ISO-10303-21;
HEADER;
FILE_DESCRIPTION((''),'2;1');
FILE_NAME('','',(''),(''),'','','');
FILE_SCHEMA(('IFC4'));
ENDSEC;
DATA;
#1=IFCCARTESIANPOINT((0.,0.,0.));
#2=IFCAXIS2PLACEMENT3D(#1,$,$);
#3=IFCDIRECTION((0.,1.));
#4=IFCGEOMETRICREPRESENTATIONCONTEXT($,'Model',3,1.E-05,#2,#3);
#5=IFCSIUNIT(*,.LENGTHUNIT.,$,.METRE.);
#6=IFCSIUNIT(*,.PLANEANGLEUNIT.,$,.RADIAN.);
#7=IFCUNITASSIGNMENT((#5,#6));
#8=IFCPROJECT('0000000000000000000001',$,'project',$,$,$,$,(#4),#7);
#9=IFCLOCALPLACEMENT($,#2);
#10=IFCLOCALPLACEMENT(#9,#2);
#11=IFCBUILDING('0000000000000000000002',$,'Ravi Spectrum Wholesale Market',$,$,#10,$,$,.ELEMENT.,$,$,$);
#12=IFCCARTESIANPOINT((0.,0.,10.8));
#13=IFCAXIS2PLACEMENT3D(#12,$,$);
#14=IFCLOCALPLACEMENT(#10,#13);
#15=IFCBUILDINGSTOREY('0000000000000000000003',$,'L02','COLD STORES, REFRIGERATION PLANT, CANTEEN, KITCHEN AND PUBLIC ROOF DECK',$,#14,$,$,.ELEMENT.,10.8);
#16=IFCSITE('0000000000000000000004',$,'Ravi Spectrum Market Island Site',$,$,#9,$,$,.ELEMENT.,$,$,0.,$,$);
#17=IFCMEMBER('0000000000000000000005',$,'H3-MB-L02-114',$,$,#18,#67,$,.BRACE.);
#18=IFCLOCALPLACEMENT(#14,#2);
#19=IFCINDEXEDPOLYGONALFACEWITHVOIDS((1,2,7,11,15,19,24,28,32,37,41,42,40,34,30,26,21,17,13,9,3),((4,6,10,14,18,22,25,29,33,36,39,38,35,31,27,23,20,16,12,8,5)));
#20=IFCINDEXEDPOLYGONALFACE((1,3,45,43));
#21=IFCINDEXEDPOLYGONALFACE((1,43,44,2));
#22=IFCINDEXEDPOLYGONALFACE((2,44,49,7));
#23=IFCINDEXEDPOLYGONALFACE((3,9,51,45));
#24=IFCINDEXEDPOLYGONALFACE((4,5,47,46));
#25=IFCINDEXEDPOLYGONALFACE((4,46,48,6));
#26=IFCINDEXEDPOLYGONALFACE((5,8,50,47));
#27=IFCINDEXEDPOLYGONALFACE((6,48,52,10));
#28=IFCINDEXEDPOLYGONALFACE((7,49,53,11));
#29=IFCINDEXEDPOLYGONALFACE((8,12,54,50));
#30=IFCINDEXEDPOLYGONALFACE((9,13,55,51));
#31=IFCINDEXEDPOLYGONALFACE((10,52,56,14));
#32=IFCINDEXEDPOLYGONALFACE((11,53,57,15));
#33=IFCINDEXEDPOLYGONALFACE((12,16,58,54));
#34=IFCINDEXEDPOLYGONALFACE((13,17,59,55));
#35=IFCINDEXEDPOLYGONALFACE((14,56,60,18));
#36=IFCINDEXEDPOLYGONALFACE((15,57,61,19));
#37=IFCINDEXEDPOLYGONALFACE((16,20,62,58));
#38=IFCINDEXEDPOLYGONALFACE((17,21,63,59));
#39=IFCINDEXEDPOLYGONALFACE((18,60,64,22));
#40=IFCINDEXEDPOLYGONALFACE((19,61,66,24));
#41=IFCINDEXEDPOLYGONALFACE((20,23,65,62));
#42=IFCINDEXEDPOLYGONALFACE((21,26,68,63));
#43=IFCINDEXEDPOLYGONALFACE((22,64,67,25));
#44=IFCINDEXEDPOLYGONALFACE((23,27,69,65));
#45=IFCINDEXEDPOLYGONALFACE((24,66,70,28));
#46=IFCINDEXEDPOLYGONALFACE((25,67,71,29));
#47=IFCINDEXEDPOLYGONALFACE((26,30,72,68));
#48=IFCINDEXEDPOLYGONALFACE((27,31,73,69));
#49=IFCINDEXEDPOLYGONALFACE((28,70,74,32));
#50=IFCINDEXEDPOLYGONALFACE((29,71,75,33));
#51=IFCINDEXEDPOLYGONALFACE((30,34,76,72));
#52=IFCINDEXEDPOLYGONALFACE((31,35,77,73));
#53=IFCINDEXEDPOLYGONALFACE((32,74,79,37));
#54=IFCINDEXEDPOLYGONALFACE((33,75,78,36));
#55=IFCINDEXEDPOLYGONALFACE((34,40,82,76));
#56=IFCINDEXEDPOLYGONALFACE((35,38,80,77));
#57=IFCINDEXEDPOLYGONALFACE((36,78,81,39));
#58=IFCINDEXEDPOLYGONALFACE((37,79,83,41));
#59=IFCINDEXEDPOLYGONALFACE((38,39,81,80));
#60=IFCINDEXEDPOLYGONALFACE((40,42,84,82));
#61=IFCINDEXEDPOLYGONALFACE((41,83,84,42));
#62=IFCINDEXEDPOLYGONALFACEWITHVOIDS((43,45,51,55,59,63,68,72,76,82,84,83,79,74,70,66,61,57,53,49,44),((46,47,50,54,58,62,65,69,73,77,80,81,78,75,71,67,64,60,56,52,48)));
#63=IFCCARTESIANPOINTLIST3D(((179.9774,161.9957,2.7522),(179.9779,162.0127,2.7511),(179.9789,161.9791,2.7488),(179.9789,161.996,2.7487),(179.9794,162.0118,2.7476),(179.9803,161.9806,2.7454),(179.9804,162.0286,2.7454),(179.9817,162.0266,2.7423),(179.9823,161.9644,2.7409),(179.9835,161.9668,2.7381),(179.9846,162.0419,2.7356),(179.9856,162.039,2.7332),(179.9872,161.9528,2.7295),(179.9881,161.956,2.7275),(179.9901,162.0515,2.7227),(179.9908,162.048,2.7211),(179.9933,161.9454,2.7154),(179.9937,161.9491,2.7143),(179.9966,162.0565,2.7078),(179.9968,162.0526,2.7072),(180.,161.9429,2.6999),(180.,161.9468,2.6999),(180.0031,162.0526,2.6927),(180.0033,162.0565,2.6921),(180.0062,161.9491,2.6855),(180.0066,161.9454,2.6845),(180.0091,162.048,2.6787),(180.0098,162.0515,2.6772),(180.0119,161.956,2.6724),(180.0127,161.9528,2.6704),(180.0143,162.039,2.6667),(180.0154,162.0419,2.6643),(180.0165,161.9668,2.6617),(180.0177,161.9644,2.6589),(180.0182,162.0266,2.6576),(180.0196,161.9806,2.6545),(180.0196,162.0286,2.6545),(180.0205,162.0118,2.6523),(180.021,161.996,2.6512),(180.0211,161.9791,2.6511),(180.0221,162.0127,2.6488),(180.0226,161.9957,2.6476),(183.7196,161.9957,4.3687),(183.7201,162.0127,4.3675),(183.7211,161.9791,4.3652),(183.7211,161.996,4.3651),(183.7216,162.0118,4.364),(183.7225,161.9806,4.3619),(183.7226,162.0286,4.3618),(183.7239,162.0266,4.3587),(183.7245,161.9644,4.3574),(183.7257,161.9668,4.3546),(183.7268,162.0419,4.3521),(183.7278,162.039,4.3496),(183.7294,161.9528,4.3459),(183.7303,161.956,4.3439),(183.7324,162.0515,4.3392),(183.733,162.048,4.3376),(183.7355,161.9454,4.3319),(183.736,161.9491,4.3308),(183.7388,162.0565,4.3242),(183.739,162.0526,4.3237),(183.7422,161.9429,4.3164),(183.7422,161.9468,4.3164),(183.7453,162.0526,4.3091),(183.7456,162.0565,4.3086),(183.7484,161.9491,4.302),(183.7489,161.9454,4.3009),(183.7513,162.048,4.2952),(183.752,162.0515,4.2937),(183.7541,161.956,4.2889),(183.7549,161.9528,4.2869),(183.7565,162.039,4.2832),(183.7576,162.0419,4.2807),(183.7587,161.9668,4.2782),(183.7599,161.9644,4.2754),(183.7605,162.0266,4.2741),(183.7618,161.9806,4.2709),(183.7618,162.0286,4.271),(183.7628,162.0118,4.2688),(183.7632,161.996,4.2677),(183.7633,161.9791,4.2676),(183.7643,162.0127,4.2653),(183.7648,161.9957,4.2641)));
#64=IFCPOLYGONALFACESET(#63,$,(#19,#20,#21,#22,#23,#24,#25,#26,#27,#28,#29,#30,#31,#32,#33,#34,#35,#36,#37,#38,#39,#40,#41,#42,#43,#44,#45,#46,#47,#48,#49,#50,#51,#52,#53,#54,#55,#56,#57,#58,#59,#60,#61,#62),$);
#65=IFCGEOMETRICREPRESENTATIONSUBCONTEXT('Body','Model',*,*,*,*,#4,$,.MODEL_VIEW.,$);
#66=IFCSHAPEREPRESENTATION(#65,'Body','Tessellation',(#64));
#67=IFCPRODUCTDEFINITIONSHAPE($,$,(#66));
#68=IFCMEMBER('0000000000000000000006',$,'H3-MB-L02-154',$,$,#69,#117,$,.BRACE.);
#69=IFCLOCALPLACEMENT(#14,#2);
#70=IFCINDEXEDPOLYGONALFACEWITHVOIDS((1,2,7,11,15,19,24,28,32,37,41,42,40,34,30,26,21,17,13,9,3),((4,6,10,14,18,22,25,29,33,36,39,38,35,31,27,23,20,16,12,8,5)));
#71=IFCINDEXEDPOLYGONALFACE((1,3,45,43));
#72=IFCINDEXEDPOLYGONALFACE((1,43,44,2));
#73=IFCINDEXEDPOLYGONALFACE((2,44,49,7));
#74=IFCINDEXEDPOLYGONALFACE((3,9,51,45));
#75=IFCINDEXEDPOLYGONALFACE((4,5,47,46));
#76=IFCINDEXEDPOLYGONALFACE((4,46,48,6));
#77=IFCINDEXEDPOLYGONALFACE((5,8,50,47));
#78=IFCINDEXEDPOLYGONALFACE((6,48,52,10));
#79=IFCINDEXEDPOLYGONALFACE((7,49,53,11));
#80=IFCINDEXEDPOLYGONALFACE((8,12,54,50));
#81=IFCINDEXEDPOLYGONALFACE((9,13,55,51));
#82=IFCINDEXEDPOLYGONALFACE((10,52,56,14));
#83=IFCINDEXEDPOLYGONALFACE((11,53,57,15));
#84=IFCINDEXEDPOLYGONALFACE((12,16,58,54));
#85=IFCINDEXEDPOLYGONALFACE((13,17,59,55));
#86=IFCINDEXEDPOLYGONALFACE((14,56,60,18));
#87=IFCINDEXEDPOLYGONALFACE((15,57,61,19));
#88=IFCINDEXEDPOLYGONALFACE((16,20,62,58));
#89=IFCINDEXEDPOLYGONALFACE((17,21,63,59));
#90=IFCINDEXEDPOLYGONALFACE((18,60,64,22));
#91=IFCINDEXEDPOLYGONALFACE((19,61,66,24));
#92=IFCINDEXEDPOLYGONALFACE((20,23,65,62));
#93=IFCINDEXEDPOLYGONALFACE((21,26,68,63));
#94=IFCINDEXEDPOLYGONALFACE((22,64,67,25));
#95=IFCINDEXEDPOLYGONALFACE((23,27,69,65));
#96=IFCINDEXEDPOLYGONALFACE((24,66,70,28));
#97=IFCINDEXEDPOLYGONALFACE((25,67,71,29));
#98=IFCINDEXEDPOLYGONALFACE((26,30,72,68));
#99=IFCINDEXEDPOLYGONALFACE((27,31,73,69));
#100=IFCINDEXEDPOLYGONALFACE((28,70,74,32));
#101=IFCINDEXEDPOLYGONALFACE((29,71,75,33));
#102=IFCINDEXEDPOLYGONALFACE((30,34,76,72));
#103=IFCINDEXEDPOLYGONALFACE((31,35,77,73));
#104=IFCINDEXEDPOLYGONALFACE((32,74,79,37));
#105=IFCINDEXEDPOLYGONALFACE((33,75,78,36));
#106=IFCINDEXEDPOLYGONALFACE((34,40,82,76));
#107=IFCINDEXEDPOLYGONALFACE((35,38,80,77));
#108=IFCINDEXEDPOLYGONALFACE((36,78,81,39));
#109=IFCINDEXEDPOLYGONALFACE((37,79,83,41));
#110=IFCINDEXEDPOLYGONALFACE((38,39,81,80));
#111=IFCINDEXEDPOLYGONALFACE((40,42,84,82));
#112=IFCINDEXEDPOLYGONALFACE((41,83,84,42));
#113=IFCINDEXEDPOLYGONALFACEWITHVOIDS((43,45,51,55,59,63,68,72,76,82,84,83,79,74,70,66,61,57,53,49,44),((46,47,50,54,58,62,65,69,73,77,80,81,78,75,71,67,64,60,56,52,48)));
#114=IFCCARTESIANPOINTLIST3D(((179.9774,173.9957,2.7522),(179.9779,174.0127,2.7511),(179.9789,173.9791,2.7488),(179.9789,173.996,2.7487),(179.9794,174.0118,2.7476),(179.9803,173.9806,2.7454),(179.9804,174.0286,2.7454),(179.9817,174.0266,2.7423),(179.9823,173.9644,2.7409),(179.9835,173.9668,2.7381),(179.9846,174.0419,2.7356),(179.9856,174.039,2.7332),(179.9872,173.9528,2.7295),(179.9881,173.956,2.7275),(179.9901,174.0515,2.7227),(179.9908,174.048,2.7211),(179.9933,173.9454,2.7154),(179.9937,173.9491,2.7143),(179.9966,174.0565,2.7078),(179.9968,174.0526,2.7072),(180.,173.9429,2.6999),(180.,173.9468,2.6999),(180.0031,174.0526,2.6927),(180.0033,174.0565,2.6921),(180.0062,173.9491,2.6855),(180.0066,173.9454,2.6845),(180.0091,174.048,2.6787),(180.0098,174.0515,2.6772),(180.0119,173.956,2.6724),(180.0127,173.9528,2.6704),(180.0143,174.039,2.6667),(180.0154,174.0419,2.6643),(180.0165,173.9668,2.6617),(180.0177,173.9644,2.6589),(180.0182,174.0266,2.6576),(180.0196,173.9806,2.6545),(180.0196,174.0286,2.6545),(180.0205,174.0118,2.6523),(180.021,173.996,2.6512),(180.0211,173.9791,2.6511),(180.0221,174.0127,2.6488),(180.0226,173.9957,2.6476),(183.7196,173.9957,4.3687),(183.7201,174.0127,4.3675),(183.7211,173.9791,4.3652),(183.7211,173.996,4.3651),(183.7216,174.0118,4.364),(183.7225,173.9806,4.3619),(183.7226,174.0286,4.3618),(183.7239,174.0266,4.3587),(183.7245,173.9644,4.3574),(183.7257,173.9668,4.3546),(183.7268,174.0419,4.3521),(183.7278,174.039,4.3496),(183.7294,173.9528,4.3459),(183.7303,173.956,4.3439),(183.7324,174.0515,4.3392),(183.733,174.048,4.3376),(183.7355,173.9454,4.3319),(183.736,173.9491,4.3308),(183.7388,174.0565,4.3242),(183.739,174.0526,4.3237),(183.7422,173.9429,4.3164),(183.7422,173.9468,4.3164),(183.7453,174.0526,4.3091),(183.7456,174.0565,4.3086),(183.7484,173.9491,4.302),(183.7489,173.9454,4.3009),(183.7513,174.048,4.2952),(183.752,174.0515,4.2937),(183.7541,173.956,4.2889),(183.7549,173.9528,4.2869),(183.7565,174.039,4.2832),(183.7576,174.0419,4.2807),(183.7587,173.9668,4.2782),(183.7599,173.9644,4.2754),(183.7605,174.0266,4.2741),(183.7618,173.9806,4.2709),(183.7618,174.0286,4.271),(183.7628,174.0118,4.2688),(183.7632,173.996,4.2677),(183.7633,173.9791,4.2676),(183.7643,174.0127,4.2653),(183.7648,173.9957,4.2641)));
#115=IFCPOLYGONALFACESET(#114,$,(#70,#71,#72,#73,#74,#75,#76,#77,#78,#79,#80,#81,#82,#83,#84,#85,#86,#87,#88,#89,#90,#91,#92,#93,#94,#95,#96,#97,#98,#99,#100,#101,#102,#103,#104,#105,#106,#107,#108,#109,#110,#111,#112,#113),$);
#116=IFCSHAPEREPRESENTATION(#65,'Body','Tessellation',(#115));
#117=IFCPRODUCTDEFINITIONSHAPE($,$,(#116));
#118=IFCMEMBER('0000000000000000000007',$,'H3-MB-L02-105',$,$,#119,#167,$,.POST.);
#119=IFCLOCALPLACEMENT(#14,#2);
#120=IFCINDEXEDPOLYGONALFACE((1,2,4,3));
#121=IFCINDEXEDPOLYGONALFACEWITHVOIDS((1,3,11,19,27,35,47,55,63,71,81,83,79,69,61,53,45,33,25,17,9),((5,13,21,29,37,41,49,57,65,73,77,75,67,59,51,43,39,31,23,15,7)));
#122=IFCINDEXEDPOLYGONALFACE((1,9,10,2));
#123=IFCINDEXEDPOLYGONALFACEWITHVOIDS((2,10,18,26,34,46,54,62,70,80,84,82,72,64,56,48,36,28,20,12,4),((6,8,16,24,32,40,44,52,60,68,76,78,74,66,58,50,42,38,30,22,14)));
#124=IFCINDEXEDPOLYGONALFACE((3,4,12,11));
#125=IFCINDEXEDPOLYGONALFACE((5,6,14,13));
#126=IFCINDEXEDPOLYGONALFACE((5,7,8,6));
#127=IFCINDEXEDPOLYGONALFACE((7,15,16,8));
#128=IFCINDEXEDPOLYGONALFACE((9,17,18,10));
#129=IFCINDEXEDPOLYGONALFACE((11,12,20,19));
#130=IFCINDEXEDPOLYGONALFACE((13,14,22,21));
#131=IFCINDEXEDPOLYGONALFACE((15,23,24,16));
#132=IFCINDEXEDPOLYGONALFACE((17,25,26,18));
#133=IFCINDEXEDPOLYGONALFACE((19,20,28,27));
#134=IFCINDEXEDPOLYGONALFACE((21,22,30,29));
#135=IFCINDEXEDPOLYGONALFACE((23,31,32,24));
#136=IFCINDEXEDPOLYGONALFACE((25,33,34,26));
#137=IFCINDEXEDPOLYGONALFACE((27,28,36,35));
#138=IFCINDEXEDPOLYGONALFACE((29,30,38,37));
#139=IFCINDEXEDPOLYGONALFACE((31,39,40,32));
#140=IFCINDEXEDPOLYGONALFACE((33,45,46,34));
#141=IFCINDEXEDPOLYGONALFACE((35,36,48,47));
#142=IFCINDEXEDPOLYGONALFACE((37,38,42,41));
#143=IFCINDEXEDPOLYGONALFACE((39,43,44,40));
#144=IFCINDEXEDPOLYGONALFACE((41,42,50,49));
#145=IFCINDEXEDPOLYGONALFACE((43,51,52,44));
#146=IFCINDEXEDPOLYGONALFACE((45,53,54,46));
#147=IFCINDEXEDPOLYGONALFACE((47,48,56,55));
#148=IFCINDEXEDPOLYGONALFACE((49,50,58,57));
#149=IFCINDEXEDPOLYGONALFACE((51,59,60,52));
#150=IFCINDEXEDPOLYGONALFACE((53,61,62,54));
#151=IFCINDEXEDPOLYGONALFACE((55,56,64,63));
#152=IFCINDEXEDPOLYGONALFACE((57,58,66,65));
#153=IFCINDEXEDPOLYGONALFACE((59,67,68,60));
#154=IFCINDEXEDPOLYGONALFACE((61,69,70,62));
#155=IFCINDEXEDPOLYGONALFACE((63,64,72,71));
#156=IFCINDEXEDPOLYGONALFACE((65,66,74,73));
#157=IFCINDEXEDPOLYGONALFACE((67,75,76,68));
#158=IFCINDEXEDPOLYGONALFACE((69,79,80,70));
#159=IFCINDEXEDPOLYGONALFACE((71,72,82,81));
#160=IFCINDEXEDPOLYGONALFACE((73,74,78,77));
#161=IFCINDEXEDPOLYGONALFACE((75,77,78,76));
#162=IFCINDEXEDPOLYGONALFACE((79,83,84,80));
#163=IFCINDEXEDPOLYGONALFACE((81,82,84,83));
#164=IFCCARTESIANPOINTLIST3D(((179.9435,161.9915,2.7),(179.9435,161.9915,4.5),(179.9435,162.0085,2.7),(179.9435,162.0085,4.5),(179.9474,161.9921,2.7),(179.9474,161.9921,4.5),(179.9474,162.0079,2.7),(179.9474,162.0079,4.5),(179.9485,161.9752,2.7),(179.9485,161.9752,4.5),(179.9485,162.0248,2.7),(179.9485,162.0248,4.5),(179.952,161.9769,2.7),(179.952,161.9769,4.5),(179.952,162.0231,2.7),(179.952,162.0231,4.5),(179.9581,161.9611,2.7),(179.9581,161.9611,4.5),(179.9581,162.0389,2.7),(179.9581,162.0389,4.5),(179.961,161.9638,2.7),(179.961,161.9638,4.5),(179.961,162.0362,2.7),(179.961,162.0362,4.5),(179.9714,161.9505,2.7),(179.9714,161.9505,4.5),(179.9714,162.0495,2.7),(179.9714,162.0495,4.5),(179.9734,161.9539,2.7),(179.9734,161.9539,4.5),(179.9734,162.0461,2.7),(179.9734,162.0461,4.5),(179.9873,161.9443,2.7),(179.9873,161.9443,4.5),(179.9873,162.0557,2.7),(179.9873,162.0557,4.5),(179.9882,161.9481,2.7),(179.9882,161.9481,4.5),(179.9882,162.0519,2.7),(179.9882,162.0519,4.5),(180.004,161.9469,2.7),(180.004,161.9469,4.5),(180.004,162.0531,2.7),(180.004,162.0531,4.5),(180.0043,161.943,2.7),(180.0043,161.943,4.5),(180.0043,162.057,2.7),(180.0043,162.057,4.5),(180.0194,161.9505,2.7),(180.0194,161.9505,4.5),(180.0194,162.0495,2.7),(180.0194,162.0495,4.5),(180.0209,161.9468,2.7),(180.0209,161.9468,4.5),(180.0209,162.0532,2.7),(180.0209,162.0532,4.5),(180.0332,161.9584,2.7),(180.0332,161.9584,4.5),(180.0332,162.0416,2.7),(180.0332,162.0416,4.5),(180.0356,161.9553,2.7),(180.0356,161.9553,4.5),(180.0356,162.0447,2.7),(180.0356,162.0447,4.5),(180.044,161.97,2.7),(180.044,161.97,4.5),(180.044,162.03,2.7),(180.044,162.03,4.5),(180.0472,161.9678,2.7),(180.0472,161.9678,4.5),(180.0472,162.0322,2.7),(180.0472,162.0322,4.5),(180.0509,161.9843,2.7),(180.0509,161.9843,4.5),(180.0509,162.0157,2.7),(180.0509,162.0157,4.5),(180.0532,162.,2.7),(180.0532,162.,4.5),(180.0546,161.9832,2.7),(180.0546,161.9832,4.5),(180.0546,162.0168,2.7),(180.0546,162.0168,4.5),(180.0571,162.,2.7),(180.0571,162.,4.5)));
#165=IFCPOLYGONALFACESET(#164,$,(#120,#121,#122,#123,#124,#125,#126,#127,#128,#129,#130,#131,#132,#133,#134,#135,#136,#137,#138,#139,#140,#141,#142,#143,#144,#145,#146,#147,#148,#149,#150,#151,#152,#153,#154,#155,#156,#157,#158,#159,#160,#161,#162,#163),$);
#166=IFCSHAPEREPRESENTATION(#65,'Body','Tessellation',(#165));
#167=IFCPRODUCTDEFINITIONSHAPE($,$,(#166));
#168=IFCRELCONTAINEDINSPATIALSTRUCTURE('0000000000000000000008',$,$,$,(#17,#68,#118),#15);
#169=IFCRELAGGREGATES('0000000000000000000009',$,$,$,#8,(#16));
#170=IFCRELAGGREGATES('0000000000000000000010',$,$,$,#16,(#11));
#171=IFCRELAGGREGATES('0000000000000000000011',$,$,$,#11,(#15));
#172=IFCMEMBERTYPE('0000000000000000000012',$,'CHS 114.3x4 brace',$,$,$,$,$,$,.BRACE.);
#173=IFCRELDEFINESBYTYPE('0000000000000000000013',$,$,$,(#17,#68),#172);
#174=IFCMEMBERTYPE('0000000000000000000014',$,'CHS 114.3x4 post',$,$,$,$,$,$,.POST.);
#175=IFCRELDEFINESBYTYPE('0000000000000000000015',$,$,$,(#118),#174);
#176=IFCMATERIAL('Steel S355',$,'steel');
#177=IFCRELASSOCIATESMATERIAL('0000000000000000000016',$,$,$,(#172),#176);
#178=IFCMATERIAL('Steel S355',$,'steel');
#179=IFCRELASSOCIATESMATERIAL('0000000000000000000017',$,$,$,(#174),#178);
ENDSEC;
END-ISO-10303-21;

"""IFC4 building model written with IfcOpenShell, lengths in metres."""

from ifc_helpers import new_model, si_unit, direction, frame, origin, origin_2d, place, context, subcontext, project, spatial, hollow_circle, extrude, material, material_profile, profile_set, type_object, element, save


model = new_model("IFC4")

# Units and contexts
model_context = context("Model", 3, precision=1e-05, world=origin(), true_north=direction((0.0, 1.0)))
body_context = subcontext(model_context, "Body", "Model", "MODEL_VIEW")
ifc_project = project(units=[si_unit("LENGTHUNIT", "METRE"), si_unit("PLANEANGLEUNIT", "RADIAN")], contexts=[model_context])

# Site, building, storey
site_placement = place(None, origin())
site = spatial("IfcSite", under=ifc_project, at=site_placement, Name="Ravi Spectrum Market Island Site", CompositionType="ELEMENT", RefElevation=0.0)
building_placement = place(site_placement, origin())
building = spatial("IfcBuilding", under=site, at=building_placement, Name="Ravi Spectrum Wholesale Market", CompositionType="ELEMENT")
storey_placement = place(building_placement, frame((0.0, 0.0, 10.8)))
storey = spatial("IfcBuildingStorey", under=building, at=storey_placement, Name="L02", Description="COLD STORES, REFRIGERATION PLANT, CANTEEN, KITCHEN AND PUBLIC ROOF DECK", CompositionType="ELEMENT", Elevation=10.8)

# Members
ifc_material_1 = material(Name="Steel S355", Category="steel")
ifc_material_profile_1 = material_profile(ifc_material_1, hollow_circle(Radius=0.0571, WallThickness=0.0039, at=origin_2d()))
ifc_profile_set_1 = profile_set([ifc_material_profile_1], Name="Steel S355")
member_type_1 = type_object("IfcMemberType", Name="CHS 114.3x4 brace", PredefinedType="BRACE", material=ifc_profile_set_1)
for number, where, z_axis, x_axis, name in (
    (1, (183.7422, 162.0, 4.3164), (-0.918017, 0.0, -0.396542), (0.0, -1.0, 0.0), "H3-MB-L02-114"),
    (2, (183.7422, 174.0, 4.3164), (-0.918017, 0.0, -0.396542), (0.0, -1.0, 0.0), "H3-MB-L02-154"),
):
    element("IfcMember", number, at=place(storey_placement, frame(where, z_axis=z_axis, x_axis=x_axis)), inside=storey, type_object=member_type_1, Name=name, PredefinedType="BRACE", context=body_context, shape_type="SweptSolid", body=[
        extrude(hollow_circle(Radius=0.0571, WallThickness=0.0039, at=origin_2d()), origin(), (0.0, 0.0, 1.0), 4.0764),
    ])
ifc_material_2 = material(Name="Steel S355", Category="steel")
ifc_material_profile_2 = material_profile(ifc_material_2, hollow_circle(Radius=0.0571, WallThickness=0.0039, at=origin_2d()))
ifc_profile_set_2 = profile_set([ifc_material_profile_2], Name="Steel S355")
member_type_2 = type_object("IfcMemberType", Name="CHS 114.3x4 post", PredefinedType="POST", material=ifc_profile_set_2)
member_1_placement = place(storey_placement, frame((180.0, 162.0, 4.5), z_axis=(0.0, 0.0, -1.0), x_axis=(1.0, 0.0, 0.0)))
element("IfcMember", 3, at=member_1_placement, inside=storey, type_object=member_type_2, Name="H3-MB-L02-105", PredefinedType="POST", context=body_context, shape_type="SweptSolid", body=[
    extrude(hollow_circle(Radius=0.0571, WallThickness=0.0039, at=origin_2d()), origin(), (0.0, 0.0, 1.0), 1.8),
])

save(model, "model.ifc")
